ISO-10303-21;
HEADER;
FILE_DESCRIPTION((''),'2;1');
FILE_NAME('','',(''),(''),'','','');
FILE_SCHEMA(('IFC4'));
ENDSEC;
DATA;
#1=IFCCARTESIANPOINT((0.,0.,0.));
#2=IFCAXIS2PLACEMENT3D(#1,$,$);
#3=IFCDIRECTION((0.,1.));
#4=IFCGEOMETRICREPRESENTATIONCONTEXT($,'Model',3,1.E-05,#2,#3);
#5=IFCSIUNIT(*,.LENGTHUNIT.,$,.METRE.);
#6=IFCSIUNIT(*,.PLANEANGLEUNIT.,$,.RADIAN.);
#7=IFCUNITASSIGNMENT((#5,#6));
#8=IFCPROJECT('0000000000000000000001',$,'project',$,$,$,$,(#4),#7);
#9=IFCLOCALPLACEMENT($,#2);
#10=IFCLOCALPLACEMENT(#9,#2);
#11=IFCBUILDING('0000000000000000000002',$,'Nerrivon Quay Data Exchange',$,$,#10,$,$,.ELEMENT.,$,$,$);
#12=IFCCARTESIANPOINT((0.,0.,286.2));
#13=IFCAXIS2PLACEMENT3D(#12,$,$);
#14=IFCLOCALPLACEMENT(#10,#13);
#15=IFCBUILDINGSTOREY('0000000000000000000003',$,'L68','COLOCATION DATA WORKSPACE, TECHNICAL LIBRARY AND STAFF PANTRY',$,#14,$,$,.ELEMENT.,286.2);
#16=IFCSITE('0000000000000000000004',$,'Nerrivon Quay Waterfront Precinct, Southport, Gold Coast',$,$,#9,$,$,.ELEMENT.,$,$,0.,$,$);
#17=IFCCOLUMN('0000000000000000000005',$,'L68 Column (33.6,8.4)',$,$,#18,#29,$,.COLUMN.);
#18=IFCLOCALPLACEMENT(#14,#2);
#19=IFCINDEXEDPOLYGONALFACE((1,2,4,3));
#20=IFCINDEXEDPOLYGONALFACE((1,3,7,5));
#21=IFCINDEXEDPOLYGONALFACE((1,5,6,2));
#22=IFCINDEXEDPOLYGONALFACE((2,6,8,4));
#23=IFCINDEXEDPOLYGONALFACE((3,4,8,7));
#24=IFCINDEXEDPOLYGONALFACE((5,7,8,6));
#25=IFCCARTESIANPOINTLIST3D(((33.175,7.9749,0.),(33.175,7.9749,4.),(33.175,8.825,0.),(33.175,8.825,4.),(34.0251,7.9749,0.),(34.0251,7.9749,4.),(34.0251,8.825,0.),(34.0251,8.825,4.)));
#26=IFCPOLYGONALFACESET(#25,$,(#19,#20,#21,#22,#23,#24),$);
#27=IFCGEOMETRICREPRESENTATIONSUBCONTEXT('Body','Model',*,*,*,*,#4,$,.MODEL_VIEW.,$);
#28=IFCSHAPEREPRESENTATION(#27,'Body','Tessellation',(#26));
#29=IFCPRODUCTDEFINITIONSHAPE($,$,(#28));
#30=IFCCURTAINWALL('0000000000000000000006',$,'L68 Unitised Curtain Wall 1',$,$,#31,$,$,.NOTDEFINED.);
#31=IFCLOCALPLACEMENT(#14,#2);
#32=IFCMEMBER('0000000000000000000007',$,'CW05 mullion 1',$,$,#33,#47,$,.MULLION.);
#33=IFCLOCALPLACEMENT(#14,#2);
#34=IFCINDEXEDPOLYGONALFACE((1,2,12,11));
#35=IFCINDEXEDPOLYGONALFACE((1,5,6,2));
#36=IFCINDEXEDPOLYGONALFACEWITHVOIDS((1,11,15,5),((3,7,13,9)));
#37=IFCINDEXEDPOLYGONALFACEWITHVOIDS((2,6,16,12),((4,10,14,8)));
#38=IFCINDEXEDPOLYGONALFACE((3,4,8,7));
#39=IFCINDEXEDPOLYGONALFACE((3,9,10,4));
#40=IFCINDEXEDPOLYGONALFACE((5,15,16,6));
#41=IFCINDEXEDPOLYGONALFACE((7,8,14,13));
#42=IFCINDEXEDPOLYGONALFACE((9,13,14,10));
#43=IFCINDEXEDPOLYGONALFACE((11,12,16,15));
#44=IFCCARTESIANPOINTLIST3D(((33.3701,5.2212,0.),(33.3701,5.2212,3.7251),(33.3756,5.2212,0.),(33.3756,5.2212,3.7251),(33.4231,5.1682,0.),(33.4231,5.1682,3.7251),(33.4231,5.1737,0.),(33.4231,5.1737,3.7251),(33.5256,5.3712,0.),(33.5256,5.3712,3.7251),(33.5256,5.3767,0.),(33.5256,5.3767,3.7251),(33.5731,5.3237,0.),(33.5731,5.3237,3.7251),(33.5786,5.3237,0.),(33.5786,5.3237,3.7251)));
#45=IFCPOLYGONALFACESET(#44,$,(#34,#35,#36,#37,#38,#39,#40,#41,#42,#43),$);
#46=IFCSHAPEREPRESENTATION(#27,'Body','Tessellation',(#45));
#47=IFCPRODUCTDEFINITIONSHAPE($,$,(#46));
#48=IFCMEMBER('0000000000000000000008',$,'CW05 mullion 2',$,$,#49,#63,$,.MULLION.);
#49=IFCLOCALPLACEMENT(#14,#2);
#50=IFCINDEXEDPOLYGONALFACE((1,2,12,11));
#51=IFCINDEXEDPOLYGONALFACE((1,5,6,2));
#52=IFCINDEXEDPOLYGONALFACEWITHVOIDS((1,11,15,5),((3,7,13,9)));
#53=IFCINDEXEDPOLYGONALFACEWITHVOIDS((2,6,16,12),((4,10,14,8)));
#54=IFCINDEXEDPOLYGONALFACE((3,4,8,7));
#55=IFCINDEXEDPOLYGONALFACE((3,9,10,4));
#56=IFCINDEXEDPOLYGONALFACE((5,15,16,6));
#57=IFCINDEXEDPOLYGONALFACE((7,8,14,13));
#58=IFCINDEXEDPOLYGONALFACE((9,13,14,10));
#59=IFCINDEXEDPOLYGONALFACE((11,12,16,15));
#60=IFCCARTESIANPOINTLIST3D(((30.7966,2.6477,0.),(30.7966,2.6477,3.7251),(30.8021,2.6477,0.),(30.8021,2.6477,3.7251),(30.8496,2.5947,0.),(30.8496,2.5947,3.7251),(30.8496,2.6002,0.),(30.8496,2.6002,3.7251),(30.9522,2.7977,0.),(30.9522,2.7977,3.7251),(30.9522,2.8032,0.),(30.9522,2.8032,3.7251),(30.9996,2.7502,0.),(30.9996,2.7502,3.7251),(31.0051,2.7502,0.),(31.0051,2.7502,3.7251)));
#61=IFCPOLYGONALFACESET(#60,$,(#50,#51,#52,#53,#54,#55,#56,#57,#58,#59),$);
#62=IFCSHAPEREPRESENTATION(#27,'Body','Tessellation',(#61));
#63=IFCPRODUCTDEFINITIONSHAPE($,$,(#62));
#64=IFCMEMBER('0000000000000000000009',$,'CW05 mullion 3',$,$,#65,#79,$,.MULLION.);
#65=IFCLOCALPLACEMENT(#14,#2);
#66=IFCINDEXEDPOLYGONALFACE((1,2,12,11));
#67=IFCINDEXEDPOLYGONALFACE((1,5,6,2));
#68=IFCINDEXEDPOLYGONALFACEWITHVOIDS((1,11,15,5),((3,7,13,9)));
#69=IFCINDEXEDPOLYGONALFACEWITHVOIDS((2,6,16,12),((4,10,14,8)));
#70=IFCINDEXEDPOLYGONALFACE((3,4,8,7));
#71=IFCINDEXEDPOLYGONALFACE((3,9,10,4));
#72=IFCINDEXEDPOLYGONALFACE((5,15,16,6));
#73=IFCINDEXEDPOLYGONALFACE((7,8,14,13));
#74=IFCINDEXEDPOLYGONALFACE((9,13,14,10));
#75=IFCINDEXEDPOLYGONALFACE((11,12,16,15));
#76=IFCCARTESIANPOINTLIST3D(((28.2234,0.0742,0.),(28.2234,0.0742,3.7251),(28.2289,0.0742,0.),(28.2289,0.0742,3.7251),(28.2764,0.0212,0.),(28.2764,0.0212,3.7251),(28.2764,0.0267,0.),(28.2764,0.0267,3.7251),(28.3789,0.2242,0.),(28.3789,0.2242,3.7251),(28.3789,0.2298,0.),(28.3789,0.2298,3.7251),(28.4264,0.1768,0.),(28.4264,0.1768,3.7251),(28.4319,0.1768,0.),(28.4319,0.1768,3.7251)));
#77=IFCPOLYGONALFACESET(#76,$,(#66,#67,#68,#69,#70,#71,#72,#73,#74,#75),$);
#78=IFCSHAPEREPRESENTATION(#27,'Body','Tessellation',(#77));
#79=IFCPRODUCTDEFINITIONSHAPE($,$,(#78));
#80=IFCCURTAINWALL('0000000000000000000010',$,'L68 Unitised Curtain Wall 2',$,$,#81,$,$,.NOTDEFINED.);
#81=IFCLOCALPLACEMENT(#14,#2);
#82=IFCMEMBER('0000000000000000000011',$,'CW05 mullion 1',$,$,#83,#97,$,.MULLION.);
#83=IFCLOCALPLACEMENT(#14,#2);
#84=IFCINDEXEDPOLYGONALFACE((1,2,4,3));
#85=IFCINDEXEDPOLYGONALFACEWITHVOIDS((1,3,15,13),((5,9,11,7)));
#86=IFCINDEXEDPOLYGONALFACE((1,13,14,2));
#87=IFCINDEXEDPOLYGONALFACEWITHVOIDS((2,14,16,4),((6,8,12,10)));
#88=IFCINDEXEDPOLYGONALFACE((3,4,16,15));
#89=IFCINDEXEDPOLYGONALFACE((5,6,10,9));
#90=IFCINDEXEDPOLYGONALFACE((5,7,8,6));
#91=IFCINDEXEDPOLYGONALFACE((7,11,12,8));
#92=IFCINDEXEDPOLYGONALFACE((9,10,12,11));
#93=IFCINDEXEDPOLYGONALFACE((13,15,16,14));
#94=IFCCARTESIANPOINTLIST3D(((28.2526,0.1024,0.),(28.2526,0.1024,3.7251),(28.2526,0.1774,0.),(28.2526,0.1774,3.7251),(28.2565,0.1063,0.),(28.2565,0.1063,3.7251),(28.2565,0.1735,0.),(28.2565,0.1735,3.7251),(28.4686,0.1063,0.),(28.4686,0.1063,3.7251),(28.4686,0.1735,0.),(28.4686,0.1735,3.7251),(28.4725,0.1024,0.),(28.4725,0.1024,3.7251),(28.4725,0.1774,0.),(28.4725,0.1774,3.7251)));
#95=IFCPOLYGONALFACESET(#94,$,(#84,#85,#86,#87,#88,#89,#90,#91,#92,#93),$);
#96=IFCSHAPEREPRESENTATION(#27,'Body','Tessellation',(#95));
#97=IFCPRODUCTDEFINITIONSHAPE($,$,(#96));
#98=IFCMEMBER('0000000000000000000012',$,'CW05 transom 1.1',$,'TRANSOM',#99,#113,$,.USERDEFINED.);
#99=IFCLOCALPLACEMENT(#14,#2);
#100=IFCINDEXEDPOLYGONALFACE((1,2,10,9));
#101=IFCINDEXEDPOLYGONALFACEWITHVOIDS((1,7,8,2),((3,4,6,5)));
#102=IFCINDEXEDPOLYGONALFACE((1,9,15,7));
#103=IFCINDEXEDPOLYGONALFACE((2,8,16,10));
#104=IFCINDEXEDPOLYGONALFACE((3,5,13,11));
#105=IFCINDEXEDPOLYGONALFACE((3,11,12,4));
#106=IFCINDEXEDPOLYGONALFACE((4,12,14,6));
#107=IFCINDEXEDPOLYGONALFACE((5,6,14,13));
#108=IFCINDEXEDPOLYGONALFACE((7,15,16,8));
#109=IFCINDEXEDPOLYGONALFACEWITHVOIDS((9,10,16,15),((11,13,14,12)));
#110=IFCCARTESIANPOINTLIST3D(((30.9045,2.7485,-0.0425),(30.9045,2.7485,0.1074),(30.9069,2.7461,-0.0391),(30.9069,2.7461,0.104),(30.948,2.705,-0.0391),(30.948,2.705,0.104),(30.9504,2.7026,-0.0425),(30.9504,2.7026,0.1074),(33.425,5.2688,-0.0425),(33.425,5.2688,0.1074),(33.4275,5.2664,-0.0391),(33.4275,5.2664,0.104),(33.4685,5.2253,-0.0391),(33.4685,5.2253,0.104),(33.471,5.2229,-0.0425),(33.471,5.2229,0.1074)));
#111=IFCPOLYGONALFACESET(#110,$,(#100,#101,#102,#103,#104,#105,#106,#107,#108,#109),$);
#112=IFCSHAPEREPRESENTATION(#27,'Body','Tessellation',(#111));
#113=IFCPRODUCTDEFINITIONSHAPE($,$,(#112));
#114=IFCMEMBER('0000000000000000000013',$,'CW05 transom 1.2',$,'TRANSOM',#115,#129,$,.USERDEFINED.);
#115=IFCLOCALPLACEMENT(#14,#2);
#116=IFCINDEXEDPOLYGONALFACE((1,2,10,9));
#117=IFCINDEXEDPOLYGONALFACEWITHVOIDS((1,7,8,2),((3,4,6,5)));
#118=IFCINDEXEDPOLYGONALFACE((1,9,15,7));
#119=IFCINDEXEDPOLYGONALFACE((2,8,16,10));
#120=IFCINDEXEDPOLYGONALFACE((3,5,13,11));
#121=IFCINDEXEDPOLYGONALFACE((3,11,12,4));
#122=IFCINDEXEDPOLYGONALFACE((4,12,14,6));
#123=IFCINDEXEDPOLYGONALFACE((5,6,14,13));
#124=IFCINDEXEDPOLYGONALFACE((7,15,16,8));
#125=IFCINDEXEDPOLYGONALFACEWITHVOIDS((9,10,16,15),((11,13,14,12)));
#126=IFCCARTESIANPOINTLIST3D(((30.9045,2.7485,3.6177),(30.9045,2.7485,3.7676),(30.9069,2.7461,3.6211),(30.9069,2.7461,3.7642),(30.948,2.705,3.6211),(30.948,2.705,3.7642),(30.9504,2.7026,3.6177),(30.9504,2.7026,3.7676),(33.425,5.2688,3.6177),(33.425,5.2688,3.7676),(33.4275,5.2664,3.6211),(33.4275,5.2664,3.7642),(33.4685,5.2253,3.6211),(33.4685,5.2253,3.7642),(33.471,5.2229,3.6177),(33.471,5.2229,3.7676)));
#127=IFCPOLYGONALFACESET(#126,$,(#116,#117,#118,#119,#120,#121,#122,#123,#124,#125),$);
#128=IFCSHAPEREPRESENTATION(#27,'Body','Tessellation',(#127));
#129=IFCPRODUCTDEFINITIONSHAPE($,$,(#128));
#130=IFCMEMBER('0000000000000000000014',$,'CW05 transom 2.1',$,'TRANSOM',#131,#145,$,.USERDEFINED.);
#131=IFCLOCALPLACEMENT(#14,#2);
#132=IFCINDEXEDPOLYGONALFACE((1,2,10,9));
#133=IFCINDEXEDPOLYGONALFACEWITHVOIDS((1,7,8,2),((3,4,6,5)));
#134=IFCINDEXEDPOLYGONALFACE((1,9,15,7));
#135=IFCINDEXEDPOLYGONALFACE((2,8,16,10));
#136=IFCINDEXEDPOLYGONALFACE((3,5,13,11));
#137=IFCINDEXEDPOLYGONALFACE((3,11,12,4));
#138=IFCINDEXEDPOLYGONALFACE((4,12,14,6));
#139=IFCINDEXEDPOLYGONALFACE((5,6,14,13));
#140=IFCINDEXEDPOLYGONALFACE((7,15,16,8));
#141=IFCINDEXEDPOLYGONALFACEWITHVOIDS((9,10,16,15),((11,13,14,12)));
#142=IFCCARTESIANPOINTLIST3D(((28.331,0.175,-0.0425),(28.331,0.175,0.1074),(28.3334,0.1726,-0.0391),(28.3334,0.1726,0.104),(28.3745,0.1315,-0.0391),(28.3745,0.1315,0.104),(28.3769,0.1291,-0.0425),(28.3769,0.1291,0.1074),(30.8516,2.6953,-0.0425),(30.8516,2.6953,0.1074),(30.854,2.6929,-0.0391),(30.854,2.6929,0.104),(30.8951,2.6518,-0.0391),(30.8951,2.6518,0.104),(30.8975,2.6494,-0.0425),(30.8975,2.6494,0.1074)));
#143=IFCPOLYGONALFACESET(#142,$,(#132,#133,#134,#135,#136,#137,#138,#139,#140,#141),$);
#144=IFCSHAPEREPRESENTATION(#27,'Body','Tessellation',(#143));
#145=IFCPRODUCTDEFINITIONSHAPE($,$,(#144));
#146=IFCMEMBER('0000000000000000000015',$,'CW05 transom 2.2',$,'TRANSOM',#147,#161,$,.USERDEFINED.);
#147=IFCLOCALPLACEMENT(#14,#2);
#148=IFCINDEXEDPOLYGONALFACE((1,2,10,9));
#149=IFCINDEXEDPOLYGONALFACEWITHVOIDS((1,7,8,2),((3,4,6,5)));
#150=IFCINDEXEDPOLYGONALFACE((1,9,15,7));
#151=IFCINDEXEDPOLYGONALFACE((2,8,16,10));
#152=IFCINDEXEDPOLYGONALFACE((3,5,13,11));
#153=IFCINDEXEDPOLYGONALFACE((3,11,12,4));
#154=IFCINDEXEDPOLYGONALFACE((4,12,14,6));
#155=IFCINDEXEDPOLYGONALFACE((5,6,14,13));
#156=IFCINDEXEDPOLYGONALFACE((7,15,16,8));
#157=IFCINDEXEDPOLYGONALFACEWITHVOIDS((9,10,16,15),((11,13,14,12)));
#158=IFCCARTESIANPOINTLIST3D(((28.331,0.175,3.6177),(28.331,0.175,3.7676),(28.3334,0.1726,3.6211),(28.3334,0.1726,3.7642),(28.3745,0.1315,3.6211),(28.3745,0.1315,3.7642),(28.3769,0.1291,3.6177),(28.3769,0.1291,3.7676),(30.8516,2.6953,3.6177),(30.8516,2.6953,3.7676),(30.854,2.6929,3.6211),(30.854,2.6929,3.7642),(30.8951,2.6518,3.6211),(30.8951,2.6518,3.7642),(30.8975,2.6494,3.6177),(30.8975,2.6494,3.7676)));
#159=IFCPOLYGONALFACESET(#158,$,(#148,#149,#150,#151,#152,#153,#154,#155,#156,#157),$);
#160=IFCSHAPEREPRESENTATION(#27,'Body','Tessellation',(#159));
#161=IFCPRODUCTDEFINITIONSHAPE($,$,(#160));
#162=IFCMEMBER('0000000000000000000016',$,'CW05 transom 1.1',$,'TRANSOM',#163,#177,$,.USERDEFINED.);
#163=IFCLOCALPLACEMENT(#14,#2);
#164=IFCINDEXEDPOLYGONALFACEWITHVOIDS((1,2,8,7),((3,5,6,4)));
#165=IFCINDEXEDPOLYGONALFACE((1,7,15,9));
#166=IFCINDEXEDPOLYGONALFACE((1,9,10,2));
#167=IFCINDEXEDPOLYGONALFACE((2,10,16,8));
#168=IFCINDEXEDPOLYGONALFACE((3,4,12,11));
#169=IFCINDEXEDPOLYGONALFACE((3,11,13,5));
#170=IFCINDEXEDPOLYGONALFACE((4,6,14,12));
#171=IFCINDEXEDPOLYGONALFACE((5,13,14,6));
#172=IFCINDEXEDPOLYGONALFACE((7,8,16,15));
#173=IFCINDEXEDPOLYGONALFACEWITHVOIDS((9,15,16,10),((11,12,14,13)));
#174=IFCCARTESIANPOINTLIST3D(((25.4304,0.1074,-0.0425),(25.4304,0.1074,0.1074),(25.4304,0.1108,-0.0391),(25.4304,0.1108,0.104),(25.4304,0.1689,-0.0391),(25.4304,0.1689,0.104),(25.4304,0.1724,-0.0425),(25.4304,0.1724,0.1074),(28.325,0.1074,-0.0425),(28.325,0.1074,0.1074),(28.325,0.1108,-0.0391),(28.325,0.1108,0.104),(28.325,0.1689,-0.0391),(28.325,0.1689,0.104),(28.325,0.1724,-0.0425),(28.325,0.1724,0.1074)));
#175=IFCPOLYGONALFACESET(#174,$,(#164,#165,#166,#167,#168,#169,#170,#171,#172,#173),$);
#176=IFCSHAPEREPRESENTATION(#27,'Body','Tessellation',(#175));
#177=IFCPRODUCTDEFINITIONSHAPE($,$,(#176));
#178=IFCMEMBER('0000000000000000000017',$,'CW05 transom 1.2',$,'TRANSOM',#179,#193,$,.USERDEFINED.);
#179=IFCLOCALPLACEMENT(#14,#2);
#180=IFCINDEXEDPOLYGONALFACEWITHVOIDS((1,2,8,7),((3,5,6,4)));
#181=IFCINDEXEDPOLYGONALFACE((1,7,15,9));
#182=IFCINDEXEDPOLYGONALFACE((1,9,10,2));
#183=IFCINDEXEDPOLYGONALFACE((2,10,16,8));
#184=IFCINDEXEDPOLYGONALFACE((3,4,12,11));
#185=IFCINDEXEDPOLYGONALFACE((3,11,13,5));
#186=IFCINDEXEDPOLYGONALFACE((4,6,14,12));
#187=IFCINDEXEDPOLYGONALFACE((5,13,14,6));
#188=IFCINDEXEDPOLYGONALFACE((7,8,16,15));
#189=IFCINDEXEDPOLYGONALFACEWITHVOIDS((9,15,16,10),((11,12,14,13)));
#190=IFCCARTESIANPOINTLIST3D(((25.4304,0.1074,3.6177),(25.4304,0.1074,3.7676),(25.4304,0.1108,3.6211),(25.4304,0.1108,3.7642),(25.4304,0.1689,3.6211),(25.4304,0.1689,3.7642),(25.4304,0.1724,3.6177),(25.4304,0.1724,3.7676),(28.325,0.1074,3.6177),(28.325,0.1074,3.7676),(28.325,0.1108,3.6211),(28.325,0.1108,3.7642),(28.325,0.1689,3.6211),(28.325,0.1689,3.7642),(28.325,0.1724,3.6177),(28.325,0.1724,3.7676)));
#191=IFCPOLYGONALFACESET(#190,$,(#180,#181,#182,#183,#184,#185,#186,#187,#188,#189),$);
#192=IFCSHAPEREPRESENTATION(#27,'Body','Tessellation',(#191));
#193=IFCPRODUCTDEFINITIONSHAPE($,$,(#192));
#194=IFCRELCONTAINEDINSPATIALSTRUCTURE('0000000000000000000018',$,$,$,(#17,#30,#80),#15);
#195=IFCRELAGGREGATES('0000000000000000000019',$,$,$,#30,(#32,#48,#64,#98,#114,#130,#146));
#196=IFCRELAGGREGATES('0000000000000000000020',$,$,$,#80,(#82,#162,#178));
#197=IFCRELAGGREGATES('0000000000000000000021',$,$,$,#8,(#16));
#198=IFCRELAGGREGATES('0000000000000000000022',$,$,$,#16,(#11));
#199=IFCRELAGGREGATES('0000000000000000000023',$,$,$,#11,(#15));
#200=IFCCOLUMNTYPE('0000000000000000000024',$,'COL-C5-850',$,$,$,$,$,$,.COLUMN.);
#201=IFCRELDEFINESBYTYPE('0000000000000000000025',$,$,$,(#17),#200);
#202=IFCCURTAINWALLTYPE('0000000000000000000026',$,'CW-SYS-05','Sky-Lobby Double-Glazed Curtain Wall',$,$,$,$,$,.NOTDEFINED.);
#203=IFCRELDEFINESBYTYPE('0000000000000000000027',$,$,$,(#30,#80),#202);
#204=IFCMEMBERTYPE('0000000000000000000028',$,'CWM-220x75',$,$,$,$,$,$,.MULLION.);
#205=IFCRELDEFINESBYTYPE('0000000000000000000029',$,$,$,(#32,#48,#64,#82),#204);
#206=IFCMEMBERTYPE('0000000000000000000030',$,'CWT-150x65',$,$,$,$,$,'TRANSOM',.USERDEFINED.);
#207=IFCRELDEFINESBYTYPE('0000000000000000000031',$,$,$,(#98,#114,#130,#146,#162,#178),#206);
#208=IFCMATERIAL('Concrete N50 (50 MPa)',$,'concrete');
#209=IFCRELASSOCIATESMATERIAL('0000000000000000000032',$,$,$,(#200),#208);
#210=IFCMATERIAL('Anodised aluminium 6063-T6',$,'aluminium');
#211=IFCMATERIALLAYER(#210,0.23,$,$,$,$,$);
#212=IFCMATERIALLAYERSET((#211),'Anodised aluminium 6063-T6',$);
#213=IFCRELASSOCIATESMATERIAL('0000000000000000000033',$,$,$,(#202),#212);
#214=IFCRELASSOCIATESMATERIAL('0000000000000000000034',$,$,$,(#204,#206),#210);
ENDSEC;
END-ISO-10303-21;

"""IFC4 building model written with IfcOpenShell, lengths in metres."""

from ifc_helpers import new_model, si_unit, direction, frame, origin, origin_2d, place, context, subcontext, project, spatial, rectangle, hollow_rectangle, extrude, material, layer, layer_set, material_profile, profile_set, type_object, element, aggregate, save


model = new_model("IFC4")

# Units and contexts
model_context = context("Model", 3, precision=1e-05, world=origin(), true_north=direction((0.0, 1.0)))
body_context = subcontext(model_context, "Body", "Model", "MODEL_VIEW")
ifc_project = project(units=[si_unit("LENGTHUNIT", "METRE"), si_unit("PLANEANGLEUNIT", "RADIAN")], contexts=[model_context])

# Site, building, storey
site_placement = place(None, origin())
site = spatial("IfcSite", under=ifc_project, at=site_placement, Name="Nerrivon Quay Waterfront Precinct, Southport, Gold Coast", CompositionType="ELEMENT", RefElevation=0.0)
building_placement = place(site_placement, origin())
building = spatial("IfcBuilding", under=site, at=building_placement, Name="Nerrivon Quay Data Exchange", CompositionType="ELEMENT")
storey_placement = place(building_placement, frame((0.0, 0.0, 286.2)))
storey = spatial("IfcBuildingStorey", under=building, at=storey_placement, Name="L68", Description="COLOCATION DATA WORKSPACE, TECHNICAL LIBRARY AND STAFF PANTRY", CompositionType="ELEMENT", Elevation=286.2)

# Column
ifc_material_1 = material(Name="Concrete N50 (50 MPa)", Category="concrete")
ifc_material_profile_1 = material_profile(ifc_material_1, rectangle(XDim=0.8501, YDim=0.8501, at=origin_2d()), Name="RC-COL-850x850")
ifc_profile_set_1 = profile_set([ifc_material_profile_1], Name="Concrete N50 (50 MPa)")
column_type = type_object("IfcColumnType", Name="COL-C5-850", PredefinedType="COLUMN", material=ifc_profile_set_1)
column_placement = place(storey_placement, frame((33.6001, 8.3999, 0.0), z_axis=(0.0, 0.0, 1.0), x_axis=(1.0, 0.0, 0.0)))
element("IfcColumn", 1, at=column_placement, inside=storey, type_object=column_type, Name="L68 Column (33.6,8.4)", PredefinedType="COLUMN", context=body_context, shape_type="SweptSolid", body=[
    extrude(rectangle(XDim=0.8501, YDim=0.8501, at=origin_2d()), origin(), (0.0, 0.0, 1.0), 4.0),
])

# Curtain wall, members
ifc_material_2 = material(Name="Anodised aluminium 6063-T6", Category="aluminium")
ifc_layer_1 = layer(ifc_material_2, 0.23)
ifc_layer_set_1 = layer_set([ifc_layer_1], Name="Anodised aluminium 6063-T6")
curtain_wall_type = type_object("IfcCurtainWallType", Name="CW-SYS-05", Description="Sky-Lobby Double-Glazed Curtain Wall", PredefinedType="NOTDEFINED", material=ifc_layer_set_1)
curtain_wall_1_placement = place(storey_placement, origin())
curtain_wall_1 = element("IfcCurtainWall", 2, at=curtain_wall_1_placement, inside=storey, type_object=curtain_wall_type, Name="L68 Unitised Curtain Wall 1", PredefinedType="NOTDEFINED")
ifc_material_profile_2 = material_profile(ifc_material_2, hollow_rectangle(XDim=0.075, YDim=0.22, WallThickness=0.0039, at=origin_2d()), Name="ALU-MULL-220x75")
ifc_profile_set_2 = profile_set([ifc_material_profile_2], Name="Anodised aluminium 6063-T6")
member_type_1 = type_object("IfcMemberType", Name="CWM-220x75", PredefinedType="MULLION", material=ifc_profile_set_2)
member_1_placement = place(storey_placement, frame((33.4744, 5.2725, 0.0), z_axis=(0.0, 0.0, 1.0), x_axis=(0.707107, -0.707107, 0.0)))
member_1 = element("IfcMember", 3, at=member_1_placement, type_object=member_type_1, Name="CW05 mullion 1", PredefinedType="MULLION", context=body_context, shape_type="SweptSolid", body=[
    extrude(hollow_rectangle(XDim=0.075, YDim=0.22, WallThickness=0.0039, at=origin_2d()), origin(), (0.0, 0.0, 1.0), 3.7251),
])
member_2_placement = place(storey_placement, frame((30.9009, 2.699, 0.0), z_axis=(0.0, 0.0, 1.0), x_axis=(0.707107, -0.707107, 0.0)))
member_2 = element("IfcMember", 4, at=member_2_placement, type_object=member_type_1, Name="CW05 mullion 2", PredefinedType="MULLION", context=body_context, shape_type="SweptSolid", body=[
    extrude(hollow_rectangle(XDim=0.075, YDim=0.22, WallThickness=0.0039, at=origin_2d()), origin(), (0.0, 0.0, 1.0), 3.7251),
])
member_3_placement = place(storey_placement, frame((28.3276, 0.1255, 0.0), z_axis=(0.0, 0.0, 1.0), x_axis=(0.707107, -0.707107, 0.0)))
member_3 = element("IfcMember", 5, at=member_3_placement, type_object=member_type_1, Name="CW05 mullion 3", PredefinedType="MULLION", context=body_context, shape_type="SweptSolid", body=[
    extrude(hollow_rectangle(XDim=0.075, YDim=0.22, WallThickness=0.0039, at=origin_2d()), origin(), (0.0, 0.0, 1.0), 3.7251),
])

# Curtain wall, member
curtain_wall_2_placement = place(storey_placement, origin())
curtain_wall_2 = element("IfcCurtainWall", 6, at=curtain_wall_2_placement, inside=storey, type_object=curtain_wall_type, Name="L68 Unitised Curtain Wall 2", PredefinedType="NOTDEFINED")
member_4_placement = place(storey_placement, frame((28.3625, 0.1399, 0.0), z_axis=(0.0, 0.0, 1.0), x_axis=(0.0, -1.0, 0.0)))
member_4 = element("IfcMember", 7, at=member_4_placement, type_object=member_type_1, Name="CW05 mullion 1", PredefinedType="MULLION", context=body_context, shape_type="SweptSolid", body=[
    extrude(hollow_rectangle(XDim=0.075, YDim=0.22, WallThickness=0.0039, at=origin_2d()), origin(), (0.0, 0.0, 1.0), 3.7251),
])

# Members
ifc_material_profile_3 = material_profile(ifc_material_2, hollow_rectangle(XDim=0.0649, YDim=0.1499, WallThickness=0.0034, at=origin_2d()), Name="ALU-TRAN-150x65")
ifc_profile_set_3 = profile_set([ifc_material_profile_3], Name="Anodised aluminium 6063-T6")
member_type_2 = type_object("IfcMemberType", Name="CWT-150x65", ElementType="TRANSOM", PredefinedType="USERDEFINED", material=ifc_profile_set_3)
member_5_placement = place(storey_placement, frame((33.448, 5.2458, 0.0325), z_axis=(-0.707141, -0.707073, 0.0), x_axis=(0.707073, -0.707141, 0.0)))
member_5 = element("IfcMember", 8, at=member_5_placement, type_object=member_type_2, Name="CW05 transom 1.1", ObjectType="TRANSOM", PredefinedType="USERDEFINED", context=body_context, shape_type="SweptSolid", body=[
    extrude(hollow_rectangle(XDim=0.0649, YDim=0.1499, WallThickness=0.0034, at=origin_2d()), origin(), (0.0, 0.0, 1.0), 3.5645),
])
member_6_placement = place(storey_placement, frame((33.448, 5.2458, 3.6926), z_axis=(-0.707141, -0.707073, 0.0), x_axis=(0.707073, -0.707141, 0.0)))
member_6 = element("IfcMember", 9, at=member_6_placement, type_object=member_type_2, Name="CW05 transom 1.2", ObjectType="TRANSOM", PredefinedType="USERDEFINED", context=body_context, shape_type="SweptSolid", body=[
    extrude(hollow_rectangle(XDim=0.0649, YDim=0.1499, WallThickness=0.0034, at=origin_2d()), origin(), (0.0, 0.0, 1.0), 3.5645),
])
member_7_placement = place(storey_placement, frame((30.8745, 2.6724, 0.0325), z_axis=(-0.707141, -0.707073, 0.0), x_axis=(0.707073, -0.707141, 0.0)))
member_7 = element("IfcMember", 10, at=member_7_placement, type_object=member_type_2, Name="CW05 transom 2.1", ObjectType="TRANSOM", PredefinedType="USERDEFINED", context=body_context, shape_type="SweptSolid", body=[
    extrude(hollow_rectangle(XDim=0.0649, YDim=0.1499, WallThickness=0.0034, at=origin_2d()), origin(), (0.0, 0.0, 1.0), 3.5645),
])
member_8_placement = place(storey_placement, frame((30.8745, 2.6724, 3.6926), z_axis=(-0.707141, -0.707073, 0.0), x_axis=(0.707073, -0.707141, 0.0)))
member_8 = element("IfcMember", 11, at=member_8_placement, type_object=member_type_2, Name="CW05 transom 2.2", ObjectType="TRANSOM", PredefinedType="USERDEFINED", context=body_context, shape_type="SweptSolid", body=[
    extrude(hollow_rectangle(XDim=0.0649, YDim=0.1499, WallThickness=0.0034, at=origin_2d()), origin(), (0.0, 0.0, 1.0), 3.5645),
])
member_9_placement = place(storey_placement, frame((28.325, 0.1399, 0.0325), z_axis=(-1.0, 0.0, 0.0), x_axis=(0.0, -1.0, 0.0)))
member_9 = element("IfcMember", 12, at=member_9_placement, type_object=member_type_2, Name="CW05 transom 1.1", ObjectType="TRANSOM", PredefinedType="USERDEFINED", context=body_context, shape_type="SweptSolid", body=[
    extrude(hollow_rectangle(XDim=0.0649, YDim=0.1499, WallThickness=0.0034, at=origin_2d()), origin(), (0.0, 0.0, 1.0), 2.8945),
])
member_10_placement = place(storey_placement, frame((28.325, 0.1399, 3.6926), z_axis=(-1.0, 0.0, 0.0), x_axis=(0.0, -1.0, 0.0)))
member_10 = element("IfcMember", 13, at=member_10_placement, type_object=member_type_2, Name="CW05 transom 1.2", ObjectType="TRANSOM", PredefinedType="USERDEFINED", context=body_context, shape_type="SweptSolid", body=[
    extrude(hollow_rectangle(XDim=0.0649, YDim=0.1499, WallThickness=0.0034, at=origin_2d()), origin(), (0.0, 0.0, 1.0), 2.8945),
])

aggregate(curtain_wall_1, [member_1, member_2, member_3, member_5, member_6, member_7, member_8])
aggregate(curtain_wall_2, [member_4, member_9, member_10])

save(model, "model.ifc")
